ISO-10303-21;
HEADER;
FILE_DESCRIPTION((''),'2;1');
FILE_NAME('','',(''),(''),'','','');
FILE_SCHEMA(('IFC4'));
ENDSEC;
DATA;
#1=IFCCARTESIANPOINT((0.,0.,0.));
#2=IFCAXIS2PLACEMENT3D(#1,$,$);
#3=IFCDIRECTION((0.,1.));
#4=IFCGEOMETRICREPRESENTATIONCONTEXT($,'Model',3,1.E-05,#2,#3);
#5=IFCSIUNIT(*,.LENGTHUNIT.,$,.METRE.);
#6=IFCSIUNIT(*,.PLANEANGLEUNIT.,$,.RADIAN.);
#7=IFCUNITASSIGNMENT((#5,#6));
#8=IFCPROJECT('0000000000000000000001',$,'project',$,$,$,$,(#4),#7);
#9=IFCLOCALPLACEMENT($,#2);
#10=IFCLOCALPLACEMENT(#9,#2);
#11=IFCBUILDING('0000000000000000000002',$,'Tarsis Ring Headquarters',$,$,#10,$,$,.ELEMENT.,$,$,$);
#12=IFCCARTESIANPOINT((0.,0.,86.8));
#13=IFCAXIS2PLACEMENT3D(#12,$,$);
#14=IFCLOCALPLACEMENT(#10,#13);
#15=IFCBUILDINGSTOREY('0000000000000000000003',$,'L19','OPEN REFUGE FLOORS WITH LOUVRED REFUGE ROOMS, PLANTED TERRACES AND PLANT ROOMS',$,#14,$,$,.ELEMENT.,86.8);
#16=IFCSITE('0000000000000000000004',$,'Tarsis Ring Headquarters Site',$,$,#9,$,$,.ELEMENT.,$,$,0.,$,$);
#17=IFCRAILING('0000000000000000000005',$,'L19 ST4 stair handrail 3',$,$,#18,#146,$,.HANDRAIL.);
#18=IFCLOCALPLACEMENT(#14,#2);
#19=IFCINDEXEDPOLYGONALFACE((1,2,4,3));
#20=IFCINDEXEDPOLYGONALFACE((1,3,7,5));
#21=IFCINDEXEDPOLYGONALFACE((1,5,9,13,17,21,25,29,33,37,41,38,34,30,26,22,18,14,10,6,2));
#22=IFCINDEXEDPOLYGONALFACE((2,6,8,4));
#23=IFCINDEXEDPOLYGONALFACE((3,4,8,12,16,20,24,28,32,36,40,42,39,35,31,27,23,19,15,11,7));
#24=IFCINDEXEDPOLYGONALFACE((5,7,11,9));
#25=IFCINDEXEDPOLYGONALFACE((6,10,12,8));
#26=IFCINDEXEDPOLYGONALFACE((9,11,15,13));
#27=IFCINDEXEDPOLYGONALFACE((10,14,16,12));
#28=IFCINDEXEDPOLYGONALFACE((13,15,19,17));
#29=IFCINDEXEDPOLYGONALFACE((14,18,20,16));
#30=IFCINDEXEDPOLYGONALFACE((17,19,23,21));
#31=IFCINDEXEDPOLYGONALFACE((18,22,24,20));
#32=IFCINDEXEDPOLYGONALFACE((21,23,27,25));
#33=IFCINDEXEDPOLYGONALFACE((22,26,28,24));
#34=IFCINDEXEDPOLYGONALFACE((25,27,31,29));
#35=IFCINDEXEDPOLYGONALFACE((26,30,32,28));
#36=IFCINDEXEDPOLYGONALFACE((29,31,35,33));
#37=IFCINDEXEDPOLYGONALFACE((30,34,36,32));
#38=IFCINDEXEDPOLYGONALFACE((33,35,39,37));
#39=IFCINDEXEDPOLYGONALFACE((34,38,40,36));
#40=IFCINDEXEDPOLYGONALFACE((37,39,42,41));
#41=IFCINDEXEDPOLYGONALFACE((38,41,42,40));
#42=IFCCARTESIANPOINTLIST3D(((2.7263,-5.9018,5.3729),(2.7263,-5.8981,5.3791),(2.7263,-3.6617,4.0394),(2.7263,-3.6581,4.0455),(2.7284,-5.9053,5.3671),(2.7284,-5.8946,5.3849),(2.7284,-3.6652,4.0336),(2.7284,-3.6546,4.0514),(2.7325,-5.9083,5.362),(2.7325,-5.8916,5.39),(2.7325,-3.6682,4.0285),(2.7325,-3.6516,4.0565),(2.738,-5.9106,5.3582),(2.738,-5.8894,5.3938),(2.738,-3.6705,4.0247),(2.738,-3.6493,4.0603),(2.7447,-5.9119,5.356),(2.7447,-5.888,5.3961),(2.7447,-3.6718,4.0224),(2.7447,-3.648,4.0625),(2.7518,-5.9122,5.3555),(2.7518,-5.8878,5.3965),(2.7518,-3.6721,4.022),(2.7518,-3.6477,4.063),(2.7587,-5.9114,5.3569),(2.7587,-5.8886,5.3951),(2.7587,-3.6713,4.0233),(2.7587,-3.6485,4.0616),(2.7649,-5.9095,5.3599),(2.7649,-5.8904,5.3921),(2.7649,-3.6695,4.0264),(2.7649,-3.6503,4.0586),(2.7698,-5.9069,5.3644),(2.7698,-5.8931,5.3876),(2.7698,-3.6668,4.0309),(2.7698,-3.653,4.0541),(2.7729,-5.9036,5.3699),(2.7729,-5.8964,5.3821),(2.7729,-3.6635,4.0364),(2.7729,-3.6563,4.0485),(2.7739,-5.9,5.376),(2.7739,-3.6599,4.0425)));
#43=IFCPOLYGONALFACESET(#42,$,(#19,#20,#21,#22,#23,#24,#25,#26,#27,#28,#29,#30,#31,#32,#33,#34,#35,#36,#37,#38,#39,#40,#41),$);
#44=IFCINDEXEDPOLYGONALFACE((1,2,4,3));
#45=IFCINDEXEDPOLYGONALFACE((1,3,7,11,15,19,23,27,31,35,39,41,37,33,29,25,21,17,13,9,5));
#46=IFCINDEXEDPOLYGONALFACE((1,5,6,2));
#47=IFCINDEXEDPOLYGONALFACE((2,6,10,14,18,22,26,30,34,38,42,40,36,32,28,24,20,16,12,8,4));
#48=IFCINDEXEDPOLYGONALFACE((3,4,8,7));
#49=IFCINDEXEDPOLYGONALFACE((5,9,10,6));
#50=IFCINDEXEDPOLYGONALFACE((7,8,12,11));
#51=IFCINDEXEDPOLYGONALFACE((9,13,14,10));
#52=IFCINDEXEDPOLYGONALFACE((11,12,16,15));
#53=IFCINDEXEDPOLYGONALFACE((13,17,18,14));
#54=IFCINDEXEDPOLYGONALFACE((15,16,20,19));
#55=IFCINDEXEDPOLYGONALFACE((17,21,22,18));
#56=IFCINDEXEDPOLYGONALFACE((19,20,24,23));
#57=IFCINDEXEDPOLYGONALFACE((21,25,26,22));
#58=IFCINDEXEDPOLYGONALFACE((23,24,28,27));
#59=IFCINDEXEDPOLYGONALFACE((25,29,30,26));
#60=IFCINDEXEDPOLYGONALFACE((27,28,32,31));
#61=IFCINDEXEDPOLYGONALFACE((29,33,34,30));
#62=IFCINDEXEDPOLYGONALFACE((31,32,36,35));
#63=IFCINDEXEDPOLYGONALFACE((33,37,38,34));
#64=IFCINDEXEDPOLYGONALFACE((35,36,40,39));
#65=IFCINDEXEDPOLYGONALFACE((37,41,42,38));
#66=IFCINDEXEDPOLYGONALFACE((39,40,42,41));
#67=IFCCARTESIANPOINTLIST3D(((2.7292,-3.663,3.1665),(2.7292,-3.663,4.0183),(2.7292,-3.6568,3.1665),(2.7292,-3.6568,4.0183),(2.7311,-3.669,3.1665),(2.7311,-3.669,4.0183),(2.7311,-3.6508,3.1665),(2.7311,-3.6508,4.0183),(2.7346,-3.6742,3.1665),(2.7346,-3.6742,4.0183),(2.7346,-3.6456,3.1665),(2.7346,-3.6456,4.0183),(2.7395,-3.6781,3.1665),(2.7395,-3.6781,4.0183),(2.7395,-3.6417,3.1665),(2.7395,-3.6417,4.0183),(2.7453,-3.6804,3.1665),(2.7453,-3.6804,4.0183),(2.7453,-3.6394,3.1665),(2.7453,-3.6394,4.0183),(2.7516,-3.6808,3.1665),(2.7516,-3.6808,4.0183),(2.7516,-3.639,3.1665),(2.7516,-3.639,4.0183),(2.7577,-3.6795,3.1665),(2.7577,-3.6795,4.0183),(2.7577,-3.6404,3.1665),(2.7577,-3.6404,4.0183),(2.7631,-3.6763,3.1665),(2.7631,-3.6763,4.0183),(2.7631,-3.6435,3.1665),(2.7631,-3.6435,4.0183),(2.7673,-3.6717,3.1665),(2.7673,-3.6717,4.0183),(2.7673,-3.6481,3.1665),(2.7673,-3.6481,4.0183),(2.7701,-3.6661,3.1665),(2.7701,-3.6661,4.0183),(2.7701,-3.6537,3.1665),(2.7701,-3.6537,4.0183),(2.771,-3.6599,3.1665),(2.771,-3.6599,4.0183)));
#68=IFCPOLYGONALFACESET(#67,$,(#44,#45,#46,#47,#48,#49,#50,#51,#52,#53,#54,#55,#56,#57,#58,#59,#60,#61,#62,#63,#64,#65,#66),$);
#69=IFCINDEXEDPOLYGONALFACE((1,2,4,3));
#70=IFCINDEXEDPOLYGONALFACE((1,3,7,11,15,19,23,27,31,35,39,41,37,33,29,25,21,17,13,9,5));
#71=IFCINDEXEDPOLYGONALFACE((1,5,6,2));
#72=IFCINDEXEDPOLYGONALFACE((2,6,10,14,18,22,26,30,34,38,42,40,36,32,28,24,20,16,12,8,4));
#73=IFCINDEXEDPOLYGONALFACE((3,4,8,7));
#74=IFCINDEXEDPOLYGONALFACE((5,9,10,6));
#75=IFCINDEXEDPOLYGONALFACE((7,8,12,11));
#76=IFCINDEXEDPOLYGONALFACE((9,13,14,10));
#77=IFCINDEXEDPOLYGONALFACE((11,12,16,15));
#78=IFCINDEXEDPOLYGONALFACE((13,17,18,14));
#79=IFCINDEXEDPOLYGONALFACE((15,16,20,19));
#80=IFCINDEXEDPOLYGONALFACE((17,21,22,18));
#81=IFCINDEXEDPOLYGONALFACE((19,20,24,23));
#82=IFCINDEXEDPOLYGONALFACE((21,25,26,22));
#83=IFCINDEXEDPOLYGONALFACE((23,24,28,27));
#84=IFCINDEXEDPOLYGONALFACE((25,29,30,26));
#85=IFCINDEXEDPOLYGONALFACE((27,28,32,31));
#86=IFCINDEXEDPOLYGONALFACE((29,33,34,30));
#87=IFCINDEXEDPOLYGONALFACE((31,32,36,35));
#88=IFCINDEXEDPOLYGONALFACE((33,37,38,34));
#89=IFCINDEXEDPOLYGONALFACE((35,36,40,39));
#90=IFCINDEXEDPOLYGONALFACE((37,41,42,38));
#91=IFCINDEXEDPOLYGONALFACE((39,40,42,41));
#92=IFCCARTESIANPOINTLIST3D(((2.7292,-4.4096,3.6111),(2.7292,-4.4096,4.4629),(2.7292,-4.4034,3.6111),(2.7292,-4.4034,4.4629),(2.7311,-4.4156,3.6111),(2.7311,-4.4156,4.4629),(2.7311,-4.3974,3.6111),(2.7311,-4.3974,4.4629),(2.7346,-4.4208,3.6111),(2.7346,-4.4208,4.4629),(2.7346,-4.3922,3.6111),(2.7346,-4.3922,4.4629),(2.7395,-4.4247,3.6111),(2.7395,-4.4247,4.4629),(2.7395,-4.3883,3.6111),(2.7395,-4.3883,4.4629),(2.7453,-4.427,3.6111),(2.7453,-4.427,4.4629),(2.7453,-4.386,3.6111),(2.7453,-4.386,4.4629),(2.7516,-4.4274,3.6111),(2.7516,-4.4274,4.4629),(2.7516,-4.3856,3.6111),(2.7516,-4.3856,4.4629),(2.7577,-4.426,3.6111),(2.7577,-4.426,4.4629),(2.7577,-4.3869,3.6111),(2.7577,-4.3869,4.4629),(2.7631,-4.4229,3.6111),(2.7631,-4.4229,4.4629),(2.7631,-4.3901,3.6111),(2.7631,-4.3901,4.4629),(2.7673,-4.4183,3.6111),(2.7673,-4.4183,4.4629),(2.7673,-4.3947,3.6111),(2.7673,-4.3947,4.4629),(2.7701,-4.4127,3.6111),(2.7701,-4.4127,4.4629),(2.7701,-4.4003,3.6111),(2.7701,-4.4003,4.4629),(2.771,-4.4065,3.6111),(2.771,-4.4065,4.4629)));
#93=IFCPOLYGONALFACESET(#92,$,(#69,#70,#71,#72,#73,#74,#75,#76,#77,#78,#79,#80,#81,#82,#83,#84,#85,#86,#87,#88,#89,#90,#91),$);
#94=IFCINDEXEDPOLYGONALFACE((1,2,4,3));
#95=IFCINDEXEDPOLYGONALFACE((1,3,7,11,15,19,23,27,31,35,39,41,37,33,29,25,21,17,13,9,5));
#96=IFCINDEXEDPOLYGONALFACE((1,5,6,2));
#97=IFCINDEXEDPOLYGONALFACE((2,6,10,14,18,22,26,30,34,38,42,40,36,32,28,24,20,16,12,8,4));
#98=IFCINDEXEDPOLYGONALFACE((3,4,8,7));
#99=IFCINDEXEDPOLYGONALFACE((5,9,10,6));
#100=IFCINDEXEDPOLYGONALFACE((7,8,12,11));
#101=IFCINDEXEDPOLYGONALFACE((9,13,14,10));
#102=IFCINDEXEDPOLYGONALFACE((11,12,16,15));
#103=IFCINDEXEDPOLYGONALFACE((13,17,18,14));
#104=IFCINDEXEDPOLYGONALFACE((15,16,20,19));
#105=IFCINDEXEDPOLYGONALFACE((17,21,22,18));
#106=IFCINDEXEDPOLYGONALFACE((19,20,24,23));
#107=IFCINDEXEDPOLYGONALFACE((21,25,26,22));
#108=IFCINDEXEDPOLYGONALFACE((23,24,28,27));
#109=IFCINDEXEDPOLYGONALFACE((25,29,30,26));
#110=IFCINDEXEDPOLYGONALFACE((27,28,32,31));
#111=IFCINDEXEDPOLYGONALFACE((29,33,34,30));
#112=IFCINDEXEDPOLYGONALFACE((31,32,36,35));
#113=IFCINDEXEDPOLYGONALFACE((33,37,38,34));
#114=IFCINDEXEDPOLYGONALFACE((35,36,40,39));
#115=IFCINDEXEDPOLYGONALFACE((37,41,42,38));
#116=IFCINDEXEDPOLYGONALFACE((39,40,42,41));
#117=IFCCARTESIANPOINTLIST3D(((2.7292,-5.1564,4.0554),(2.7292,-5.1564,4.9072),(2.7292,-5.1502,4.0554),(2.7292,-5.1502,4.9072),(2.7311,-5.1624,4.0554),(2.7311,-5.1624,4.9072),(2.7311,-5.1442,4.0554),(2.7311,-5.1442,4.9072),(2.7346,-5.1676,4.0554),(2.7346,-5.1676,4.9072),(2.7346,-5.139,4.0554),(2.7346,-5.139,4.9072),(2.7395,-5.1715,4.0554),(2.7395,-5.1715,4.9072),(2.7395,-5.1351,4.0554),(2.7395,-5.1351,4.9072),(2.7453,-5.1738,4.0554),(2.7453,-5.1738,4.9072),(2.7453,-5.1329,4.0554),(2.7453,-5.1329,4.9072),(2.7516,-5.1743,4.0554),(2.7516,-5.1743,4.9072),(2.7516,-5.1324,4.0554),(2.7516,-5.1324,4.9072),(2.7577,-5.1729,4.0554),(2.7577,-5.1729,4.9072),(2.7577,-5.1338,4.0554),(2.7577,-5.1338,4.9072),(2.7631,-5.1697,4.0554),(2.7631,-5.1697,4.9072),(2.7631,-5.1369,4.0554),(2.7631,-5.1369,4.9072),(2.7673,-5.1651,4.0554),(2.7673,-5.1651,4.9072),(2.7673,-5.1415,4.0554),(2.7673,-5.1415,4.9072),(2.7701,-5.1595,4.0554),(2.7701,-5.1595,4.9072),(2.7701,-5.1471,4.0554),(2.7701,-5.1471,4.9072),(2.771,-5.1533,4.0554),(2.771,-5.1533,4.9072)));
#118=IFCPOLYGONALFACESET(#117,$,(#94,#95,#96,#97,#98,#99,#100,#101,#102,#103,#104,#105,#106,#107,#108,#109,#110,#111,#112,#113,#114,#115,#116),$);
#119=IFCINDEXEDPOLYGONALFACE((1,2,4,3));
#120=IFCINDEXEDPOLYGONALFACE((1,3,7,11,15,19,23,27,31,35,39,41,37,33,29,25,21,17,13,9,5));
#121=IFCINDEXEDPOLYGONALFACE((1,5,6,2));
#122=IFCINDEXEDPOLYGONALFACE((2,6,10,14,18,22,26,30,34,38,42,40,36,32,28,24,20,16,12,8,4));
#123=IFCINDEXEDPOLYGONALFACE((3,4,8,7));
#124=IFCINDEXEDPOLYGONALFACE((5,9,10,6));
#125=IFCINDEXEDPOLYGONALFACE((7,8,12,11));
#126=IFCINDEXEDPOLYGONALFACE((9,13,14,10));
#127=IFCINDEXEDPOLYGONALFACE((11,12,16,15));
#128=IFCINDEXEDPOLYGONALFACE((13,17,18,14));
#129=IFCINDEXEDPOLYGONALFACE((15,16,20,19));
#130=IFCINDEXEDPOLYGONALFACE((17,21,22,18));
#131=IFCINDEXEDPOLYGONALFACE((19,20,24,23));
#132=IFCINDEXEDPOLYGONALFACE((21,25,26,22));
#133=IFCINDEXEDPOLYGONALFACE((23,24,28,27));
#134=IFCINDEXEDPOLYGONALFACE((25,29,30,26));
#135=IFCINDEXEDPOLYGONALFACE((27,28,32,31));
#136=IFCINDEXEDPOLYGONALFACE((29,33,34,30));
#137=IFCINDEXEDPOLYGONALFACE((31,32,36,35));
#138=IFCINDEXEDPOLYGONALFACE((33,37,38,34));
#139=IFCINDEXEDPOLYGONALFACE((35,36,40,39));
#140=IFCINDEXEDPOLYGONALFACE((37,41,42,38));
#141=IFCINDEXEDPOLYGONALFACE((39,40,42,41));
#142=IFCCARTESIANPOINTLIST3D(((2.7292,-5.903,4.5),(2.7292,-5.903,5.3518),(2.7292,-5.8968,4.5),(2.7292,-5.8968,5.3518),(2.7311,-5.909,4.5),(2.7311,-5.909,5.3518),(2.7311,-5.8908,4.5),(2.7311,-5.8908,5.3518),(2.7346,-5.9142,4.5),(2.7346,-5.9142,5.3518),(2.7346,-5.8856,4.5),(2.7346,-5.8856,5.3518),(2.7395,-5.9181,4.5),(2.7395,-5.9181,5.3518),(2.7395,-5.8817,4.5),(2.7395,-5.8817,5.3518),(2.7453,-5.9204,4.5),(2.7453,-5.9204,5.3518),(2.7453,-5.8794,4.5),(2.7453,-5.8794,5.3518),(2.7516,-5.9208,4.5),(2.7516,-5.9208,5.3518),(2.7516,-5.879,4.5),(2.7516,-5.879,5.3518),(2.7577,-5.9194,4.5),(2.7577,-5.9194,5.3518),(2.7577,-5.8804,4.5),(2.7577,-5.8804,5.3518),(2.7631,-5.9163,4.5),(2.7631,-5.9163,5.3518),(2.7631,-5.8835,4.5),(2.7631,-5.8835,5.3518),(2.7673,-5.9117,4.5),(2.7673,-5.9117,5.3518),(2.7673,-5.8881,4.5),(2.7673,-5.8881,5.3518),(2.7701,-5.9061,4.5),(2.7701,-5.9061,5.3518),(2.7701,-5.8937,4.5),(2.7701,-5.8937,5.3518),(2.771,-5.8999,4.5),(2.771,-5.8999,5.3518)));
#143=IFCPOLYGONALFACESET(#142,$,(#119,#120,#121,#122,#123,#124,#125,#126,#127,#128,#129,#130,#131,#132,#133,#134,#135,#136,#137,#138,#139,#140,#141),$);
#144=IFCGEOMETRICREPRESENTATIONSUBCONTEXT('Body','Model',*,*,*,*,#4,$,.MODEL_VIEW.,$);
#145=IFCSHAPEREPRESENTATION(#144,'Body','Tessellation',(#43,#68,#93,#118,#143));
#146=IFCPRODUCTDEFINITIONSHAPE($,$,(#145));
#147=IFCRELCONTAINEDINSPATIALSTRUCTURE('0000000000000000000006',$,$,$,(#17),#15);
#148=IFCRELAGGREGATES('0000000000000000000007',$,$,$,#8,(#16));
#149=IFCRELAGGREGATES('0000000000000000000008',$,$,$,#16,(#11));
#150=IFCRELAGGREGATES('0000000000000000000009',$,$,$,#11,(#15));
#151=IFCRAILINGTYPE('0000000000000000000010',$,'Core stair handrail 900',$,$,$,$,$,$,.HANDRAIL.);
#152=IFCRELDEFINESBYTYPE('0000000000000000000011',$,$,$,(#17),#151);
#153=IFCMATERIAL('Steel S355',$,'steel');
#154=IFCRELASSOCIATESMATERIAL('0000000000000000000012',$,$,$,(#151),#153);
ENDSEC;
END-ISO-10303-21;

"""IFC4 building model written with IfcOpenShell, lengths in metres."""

from ifc_helpers import new_model, si_unit, direction, frame, origin, origin_2d, place, context, subcontext, project, spatial, circle, extrude, material, type_object, element, save


model = new_model("IFC4")

# Units and contexts
model_context = context("Model", 3, precision=1e-05, world=origin(), true_north=direction((0.0, 1.0)))
body_context = subcontext(model_context, "Body", "Model", "MODEL_VIEW")
ifc_project = project(units=[si_unit("LENGTHUNIT", "METRE"), si_unit("PLANEANGLEUNIT", "RADIAN")], contexts=[model_context])

# Site, building, storey
site_placement = place(None, origin())
site = spatial("IfcSite", under=ifc_project, at=site_placement, Name="Tarsis Ring Headquarters Site", CompositionType="ELEMENT", RefElevation=0.0)
building_placement = place(site_placement, origin())
building = spatial("IfcBuilding", under=site, at=building_placement, Name="Tarsis Ring Headquarters", CompositionType="ELEMENT")
storey_placement = place(building_placement, frame((0.0, 0.0, 86.8)))
storey = spatial("IfcBuildingStorey", under=building, at=storey_placement, Name="L19", Description="OPEN REFUGE FLOORS WITH LOUVRED REFUGE ROOMS, PLANTED TERRACES AND PLANT ROOMS", CompositionType="ELEMENT", Elevation=86.8)

# Railing
ifc_material_1 = material(Name="Steel S355", Category="steel")
railing_type_1 = type_object("IfcRailingType", Name="Core stair handrail 900", PredefinedType="HANDRAIL", material=ifc_material_1)
for number, where, name in (
    (1, (2.75, -3.6599, 3.1665), "L19 ST4 stair handrail 3"),
):
    element("IfcRailing", number, at=place(storey_placement, frame(where)), inside=storey, type_object=railing_type_1, Name=name, PredefinedType="HANDRAIL", context=body_context, shape_type="SweptSolid", body=[
        extrude(circle(Radius=0.0239, at=origin_2d()), frame((0.0, 0.0, 0.876), z_axis=(0.0, -0.859264, 0.511532), x_axis=(1.0, 0.0, 0.0)), (0.0, 0.0, 1.0), 2.6069),
        extrude(circle(Radius=0.021, at=origin_2d()), origin(), (0.0, 0.0, 1.0), 0.8518),
        extrude(circle(Radius=0.021, at=origin_2d()), frame((0.0, -0.7466, 0.4446)), (0.0, 0.0, 1.0), 0.8518),
        extrude(circle(Radius=0.021, at=origin_2d()), frame((0.0, -1.4934, 0.8889)), (0.0, 0.0, 1.0), 0.8518),
        extrude(circle(Radius=0.021, at=origin_2d()), frame((0.0, -2.24, 1.3335)), (0.0, 0.0, 1.0), 0.8518),
    ])

save(model, "model.ifc")
